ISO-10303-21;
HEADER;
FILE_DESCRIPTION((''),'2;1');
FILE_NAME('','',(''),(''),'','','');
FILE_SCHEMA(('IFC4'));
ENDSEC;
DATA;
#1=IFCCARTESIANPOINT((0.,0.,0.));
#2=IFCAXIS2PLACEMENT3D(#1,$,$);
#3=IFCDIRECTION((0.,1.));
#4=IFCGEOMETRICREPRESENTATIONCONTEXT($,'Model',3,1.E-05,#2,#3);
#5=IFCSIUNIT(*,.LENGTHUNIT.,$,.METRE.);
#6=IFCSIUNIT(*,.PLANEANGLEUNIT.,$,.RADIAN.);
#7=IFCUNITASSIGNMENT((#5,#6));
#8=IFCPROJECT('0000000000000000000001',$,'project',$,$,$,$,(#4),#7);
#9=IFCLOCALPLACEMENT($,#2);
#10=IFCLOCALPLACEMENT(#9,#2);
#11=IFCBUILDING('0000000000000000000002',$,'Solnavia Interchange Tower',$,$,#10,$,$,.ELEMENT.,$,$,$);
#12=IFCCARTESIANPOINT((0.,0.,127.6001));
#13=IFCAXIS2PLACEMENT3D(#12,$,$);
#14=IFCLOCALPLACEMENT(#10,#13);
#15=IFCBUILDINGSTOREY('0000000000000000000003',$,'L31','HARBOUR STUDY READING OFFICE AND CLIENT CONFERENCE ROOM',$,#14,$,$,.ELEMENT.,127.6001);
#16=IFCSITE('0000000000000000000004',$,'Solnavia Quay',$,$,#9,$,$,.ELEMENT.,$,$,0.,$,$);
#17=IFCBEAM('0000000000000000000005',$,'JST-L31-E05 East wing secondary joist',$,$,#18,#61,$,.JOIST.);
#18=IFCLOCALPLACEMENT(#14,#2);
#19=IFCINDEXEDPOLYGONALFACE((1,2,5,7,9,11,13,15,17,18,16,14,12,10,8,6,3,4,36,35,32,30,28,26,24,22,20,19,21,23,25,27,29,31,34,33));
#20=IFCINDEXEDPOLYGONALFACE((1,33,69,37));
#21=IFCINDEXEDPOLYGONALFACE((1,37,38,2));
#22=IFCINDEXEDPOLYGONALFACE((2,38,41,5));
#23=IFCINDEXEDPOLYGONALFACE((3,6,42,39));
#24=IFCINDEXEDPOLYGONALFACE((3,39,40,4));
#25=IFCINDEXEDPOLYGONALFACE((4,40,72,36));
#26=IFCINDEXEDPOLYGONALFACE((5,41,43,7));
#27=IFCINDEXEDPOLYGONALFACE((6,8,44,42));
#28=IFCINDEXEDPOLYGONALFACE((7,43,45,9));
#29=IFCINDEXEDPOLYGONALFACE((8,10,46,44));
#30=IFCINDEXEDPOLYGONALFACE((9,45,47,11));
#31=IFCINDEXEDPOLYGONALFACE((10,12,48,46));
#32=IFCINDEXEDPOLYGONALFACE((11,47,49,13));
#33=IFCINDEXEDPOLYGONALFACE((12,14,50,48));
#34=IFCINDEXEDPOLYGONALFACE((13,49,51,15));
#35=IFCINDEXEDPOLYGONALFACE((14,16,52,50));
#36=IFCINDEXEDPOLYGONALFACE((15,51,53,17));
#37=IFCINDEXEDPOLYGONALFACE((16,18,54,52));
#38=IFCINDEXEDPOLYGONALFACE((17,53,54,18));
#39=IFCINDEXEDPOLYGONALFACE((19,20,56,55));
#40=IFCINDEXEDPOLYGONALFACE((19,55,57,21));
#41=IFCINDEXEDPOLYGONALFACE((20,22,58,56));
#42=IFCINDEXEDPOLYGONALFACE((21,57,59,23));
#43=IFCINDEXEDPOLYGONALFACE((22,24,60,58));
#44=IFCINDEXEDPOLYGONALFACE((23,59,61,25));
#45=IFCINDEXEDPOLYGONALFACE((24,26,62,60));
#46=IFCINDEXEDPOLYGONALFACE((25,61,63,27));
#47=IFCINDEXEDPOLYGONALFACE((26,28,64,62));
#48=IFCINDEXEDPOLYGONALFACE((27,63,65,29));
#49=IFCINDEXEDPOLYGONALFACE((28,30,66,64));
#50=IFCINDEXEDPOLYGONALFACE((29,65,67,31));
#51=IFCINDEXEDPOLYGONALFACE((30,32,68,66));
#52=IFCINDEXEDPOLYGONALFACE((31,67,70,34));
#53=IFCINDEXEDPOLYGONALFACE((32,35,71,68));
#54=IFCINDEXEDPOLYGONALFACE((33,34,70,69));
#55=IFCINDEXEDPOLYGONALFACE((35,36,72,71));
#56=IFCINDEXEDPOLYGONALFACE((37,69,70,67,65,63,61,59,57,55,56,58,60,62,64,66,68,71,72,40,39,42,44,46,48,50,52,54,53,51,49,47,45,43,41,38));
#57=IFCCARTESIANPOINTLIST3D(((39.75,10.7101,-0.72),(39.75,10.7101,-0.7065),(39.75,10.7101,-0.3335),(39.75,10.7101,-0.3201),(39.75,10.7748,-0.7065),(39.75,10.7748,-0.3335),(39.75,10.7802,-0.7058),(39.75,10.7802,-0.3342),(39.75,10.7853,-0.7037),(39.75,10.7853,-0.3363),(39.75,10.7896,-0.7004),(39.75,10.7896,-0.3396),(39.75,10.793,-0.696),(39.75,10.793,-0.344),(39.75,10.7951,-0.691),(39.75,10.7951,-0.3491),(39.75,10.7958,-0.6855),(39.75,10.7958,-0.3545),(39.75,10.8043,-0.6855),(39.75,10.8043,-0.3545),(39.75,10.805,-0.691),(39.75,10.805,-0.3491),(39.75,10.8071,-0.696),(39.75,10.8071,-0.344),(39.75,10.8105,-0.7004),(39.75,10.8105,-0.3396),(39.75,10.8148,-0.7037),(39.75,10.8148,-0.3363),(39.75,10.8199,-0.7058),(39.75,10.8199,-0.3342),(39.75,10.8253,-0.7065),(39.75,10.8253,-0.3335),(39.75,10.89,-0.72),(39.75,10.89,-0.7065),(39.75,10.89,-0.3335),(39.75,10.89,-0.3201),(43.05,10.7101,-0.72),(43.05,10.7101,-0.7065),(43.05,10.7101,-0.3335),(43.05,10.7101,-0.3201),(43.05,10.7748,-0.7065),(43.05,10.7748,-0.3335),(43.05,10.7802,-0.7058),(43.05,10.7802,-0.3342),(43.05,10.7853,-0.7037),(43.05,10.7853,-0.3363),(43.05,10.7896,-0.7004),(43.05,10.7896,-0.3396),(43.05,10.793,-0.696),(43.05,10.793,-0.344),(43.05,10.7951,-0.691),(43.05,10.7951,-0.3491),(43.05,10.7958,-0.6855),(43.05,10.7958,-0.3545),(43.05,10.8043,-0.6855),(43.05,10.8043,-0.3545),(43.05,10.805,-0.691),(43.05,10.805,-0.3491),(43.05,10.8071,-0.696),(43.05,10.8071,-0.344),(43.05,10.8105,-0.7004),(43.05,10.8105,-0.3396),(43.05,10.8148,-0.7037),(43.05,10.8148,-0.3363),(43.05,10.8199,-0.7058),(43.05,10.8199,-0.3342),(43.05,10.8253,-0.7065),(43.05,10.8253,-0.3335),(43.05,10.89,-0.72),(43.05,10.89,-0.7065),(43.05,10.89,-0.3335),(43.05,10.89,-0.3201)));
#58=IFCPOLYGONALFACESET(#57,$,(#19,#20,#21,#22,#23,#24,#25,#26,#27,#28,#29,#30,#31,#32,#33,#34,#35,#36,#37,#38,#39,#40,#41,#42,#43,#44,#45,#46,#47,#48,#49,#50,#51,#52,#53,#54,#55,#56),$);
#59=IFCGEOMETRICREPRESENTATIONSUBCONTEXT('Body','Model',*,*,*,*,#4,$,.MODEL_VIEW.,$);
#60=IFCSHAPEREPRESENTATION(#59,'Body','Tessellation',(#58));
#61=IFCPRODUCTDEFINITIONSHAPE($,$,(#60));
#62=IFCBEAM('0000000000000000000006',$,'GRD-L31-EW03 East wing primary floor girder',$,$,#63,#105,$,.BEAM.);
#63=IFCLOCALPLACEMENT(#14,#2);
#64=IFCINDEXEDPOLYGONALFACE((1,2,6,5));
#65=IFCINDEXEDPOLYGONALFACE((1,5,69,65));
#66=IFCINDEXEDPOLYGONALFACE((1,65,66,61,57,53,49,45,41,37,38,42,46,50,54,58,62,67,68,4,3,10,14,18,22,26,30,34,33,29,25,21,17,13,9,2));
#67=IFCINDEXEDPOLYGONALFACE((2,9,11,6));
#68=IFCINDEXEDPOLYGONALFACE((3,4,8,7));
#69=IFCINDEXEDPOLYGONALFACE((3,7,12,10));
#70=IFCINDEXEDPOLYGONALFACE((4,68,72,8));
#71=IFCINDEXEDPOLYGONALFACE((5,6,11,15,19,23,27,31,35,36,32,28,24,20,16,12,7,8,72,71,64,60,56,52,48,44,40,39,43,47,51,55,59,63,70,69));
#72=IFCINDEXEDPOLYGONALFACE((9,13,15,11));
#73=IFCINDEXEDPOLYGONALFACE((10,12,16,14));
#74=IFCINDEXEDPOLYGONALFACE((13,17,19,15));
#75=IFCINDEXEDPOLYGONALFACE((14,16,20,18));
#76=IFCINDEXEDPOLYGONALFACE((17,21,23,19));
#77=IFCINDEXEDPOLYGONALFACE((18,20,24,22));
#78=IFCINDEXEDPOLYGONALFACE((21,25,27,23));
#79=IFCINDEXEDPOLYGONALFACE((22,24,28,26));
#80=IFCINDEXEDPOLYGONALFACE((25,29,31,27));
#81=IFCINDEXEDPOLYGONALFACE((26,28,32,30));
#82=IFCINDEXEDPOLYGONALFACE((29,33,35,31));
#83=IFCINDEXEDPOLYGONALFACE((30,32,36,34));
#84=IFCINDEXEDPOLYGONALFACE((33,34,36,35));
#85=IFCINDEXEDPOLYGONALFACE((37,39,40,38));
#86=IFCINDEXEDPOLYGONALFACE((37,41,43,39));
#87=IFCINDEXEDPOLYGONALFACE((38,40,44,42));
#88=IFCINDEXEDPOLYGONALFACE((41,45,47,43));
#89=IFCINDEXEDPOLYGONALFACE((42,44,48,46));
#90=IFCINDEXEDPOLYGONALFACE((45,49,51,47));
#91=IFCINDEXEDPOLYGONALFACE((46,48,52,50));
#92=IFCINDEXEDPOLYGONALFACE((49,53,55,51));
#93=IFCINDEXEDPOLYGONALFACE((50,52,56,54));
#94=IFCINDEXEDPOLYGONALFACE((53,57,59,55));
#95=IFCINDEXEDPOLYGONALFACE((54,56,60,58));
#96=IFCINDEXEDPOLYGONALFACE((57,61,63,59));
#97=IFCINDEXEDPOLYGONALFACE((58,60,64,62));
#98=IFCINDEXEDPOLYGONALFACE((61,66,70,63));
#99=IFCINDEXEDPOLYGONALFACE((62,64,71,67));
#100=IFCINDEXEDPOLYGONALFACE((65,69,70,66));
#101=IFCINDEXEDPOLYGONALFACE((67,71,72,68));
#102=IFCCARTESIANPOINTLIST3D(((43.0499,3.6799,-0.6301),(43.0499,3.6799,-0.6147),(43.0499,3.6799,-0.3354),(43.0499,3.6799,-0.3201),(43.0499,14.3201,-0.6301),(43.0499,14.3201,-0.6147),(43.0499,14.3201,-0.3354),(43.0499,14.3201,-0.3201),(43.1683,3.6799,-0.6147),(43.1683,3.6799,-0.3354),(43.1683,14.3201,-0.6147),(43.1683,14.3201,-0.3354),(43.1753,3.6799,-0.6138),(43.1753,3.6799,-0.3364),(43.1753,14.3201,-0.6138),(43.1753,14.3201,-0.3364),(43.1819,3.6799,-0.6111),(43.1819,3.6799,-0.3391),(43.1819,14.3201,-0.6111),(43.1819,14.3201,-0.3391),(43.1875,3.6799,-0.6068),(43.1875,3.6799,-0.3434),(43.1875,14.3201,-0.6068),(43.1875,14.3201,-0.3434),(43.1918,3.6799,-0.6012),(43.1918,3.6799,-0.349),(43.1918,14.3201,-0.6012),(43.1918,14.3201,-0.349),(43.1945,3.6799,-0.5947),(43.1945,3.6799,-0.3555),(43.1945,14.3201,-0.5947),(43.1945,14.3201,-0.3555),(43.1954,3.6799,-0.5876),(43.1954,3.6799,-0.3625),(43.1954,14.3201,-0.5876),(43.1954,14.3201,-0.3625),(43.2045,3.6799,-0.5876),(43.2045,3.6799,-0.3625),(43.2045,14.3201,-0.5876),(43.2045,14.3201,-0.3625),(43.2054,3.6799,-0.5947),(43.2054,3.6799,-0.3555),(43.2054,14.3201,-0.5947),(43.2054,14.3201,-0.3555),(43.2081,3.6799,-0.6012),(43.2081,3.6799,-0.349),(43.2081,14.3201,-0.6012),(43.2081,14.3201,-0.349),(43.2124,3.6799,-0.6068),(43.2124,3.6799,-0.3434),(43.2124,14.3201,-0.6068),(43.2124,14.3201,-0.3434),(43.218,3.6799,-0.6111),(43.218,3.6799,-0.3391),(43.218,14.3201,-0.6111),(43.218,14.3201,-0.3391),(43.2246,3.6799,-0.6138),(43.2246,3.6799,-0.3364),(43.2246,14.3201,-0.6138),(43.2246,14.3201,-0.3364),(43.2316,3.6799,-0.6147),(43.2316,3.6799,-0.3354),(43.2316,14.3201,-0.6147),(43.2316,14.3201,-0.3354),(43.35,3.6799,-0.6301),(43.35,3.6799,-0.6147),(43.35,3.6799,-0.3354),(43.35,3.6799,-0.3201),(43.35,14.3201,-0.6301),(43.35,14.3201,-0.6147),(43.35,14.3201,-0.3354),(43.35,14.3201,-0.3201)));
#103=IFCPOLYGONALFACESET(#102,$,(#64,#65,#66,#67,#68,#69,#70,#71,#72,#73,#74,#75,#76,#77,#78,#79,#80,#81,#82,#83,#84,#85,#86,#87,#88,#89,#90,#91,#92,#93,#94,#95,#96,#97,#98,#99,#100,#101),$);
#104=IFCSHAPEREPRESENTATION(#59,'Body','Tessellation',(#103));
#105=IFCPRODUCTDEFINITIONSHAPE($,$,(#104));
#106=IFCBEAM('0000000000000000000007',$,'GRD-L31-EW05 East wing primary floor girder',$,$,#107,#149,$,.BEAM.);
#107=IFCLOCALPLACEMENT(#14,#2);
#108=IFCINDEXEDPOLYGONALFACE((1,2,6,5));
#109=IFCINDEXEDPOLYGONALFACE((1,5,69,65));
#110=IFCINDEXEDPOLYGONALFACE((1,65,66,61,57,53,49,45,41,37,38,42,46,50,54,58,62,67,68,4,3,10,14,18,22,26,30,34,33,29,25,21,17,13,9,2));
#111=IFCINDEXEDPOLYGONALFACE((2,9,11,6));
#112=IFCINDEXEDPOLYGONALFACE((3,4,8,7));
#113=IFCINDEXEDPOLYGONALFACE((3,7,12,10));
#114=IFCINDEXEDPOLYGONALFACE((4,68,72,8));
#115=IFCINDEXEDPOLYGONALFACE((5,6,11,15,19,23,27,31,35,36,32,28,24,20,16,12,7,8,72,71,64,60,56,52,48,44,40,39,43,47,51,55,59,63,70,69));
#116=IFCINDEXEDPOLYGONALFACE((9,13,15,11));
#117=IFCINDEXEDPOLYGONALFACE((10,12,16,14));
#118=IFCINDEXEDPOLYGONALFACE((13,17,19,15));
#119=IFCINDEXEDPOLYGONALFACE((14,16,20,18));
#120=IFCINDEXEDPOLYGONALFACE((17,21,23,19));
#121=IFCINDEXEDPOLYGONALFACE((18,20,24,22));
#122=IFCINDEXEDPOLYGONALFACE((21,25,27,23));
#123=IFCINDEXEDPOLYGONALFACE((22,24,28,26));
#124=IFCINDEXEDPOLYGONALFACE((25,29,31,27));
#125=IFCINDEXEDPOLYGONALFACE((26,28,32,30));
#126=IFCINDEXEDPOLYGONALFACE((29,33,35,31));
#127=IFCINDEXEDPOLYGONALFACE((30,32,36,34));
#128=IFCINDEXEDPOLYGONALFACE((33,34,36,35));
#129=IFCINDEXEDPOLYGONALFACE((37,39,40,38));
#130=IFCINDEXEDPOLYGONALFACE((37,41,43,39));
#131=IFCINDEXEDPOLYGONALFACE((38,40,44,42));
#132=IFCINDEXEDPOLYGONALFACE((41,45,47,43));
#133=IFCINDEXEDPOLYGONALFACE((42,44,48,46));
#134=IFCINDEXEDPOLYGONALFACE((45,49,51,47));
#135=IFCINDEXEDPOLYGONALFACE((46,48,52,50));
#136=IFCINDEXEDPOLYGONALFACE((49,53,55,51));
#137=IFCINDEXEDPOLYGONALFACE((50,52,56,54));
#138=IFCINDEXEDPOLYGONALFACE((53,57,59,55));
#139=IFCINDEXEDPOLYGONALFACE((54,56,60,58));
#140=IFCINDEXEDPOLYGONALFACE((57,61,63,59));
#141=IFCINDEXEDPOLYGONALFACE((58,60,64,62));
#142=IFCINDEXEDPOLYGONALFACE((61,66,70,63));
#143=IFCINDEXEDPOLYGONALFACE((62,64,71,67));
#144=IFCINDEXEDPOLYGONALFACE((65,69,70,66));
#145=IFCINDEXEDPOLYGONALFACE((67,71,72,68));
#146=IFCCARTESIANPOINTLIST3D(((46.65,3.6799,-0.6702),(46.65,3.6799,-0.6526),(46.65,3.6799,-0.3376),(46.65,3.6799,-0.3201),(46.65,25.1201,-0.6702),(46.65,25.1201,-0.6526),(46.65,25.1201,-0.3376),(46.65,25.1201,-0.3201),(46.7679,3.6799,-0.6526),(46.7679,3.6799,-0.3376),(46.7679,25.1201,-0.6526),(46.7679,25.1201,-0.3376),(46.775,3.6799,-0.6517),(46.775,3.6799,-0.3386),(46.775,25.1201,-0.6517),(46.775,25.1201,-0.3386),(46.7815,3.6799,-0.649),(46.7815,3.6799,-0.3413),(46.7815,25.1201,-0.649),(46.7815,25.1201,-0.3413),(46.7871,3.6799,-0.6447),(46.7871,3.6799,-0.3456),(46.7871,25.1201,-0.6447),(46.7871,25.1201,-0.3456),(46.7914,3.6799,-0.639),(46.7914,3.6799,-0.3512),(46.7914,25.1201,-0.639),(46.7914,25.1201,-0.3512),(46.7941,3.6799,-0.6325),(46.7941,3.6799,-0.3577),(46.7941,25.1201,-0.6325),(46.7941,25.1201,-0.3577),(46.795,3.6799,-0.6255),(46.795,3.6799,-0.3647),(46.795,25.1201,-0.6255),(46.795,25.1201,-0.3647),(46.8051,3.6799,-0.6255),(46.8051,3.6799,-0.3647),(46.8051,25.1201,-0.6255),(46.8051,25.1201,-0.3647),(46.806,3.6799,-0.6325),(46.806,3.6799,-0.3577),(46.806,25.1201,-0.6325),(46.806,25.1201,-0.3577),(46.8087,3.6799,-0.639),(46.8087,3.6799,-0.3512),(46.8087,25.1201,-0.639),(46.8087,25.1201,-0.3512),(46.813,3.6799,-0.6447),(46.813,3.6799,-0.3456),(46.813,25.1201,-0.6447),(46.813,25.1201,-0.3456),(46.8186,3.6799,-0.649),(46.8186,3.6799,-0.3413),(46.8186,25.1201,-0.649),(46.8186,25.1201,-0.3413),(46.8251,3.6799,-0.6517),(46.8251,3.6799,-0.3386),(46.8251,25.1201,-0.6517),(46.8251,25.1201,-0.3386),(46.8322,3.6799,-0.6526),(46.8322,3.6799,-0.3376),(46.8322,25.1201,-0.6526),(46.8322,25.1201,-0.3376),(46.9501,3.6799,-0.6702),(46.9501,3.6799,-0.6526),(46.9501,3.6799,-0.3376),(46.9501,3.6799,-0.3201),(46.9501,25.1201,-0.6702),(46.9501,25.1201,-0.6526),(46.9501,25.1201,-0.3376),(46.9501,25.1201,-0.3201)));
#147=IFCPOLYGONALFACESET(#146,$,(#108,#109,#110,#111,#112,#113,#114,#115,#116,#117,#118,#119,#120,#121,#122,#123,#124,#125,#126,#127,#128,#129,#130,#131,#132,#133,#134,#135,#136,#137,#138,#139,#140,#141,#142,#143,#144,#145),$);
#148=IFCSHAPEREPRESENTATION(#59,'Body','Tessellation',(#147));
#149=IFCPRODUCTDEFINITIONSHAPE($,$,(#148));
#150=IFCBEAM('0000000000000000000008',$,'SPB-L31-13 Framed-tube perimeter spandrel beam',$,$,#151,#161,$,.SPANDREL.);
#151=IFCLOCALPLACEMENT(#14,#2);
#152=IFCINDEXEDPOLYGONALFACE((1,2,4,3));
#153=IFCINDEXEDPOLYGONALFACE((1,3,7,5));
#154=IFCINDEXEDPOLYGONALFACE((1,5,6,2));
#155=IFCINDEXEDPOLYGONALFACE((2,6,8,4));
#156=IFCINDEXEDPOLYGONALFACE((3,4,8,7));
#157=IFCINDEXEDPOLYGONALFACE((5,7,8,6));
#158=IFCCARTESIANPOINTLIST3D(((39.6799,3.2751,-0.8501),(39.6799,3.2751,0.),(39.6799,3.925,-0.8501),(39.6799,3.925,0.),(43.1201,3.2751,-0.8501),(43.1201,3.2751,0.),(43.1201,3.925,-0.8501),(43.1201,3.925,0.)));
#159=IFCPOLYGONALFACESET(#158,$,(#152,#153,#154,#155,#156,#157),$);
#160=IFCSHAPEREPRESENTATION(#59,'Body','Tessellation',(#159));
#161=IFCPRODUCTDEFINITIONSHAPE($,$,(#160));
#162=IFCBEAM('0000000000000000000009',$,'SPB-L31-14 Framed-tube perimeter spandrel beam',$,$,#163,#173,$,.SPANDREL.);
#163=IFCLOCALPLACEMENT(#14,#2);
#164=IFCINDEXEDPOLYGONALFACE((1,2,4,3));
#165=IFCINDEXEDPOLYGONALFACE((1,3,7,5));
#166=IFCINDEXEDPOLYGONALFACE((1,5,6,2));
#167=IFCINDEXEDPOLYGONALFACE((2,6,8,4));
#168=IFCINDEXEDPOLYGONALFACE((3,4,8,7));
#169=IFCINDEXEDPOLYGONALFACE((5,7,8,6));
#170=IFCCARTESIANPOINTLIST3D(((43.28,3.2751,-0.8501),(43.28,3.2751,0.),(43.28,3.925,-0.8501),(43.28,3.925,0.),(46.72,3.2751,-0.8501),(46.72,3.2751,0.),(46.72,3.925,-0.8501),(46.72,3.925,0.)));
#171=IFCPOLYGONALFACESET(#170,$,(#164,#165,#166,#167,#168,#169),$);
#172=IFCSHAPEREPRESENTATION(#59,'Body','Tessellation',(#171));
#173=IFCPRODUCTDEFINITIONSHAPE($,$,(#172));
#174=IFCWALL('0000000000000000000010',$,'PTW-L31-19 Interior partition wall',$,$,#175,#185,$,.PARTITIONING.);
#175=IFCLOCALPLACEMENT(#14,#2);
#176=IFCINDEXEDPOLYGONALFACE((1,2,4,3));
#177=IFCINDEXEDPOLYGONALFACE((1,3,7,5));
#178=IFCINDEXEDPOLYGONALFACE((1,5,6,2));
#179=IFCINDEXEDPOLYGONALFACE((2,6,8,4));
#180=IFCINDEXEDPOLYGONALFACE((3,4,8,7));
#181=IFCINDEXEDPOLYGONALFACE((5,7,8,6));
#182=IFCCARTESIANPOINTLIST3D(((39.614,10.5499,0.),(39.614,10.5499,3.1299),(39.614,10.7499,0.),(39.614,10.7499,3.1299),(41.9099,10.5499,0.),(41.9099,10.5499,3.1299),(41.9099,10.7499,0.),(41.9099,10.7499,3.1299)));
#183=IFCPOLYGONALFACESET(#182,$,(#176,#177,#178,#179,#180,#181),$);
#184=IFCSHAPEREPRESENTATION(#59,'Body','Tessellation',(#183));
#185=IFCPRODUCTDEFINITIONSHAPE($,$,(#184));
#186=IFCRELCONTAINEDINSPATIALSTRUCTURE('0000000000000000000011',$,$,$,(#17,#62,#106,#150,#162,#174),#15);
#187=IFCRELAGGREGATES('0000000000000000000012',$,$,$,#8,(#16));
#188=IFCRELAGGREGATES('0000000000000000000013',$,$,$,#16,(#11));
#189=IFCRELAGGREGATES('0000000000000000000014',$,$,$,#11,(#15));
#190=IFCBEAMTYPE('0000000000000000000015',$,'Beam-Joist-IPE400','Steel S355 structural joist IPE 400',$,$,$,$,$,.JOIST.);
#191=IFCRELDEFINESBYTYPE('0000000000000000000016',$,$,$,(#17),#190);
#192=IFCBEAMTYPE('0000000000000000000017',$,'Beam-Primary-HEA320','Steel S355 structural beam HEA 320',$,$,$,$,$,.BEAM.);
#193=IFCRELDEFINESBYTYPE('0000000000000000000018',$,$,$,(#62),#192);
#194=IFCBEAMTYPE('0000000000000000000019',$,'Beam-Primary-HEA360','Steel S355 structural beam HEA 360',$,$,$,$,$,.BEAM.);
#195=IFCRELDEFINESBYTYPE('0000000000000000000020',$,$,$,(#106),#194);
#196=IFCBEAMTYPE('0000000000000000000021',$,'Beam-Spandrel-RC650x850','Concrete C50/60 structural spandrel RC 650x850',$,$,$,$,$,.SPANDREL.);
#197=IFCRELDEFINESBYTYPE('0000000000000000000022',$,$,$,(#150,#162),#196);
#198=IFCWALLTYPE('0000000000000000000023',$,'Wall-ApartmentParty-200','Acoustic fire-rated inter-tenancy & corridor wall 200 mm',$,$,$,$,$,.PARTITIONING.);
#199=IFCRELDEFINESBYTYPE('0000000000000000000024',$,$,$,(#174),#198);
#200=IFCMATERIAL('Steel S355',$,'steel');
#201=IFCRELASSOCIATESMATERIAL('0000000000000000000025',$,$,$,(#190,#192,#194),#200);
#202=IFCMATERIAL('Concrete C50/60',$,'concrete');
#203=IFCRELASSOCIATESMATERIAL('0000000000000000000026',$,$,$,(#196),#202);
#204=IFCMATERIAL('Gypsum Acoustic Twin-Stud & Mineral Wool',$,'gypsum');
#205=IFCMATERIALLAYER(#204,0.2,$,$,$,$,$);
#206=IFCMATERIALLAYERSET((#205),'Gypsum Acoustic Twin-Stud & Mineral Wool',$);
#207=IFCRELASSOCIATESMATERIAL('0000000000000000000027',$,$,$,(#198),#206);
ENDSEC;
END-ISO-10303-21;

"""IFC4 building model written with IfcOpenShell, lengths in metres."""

from ifc_helpers import new_model, si_unit, direction, frame, frame_2d, origin, origin_2d, place, context, subcontext, project, spatial, rectangle, i_section, extrude, material, layer, layer_set, material_profile, profile_set, type_object, element, save


model = new_model("IFC4")

# Units and contexts
model_context = context("Model", 3, precision=1e-05, world=origin(), true_north=direction((0.0, 1.0)))
body_context = subcontext(model_context, "Body", "Model", "MODEL_VIEW")
ifc_project = project(units=[si_unit("LENGTHUNIT", "METRE"), si_unit("PLANEANGLEUNIT", "RADIAN")], contexts=[model_context])

# Site, building, storey
site_placement = place(None, origin())
site = spatial("IfcSite", under=ifc_project, at=site_placement, Name="Solnavia Quay", CompositionType="ELEMENT", RefElevation=0.0)
building_placement = place(site_placement, origin())
building = spatial("IfcBuilding", under=site, at=building_placement, Name="Solnavia Interchange Tower", CompositionType="ELEMENT")
storey_placement = place(building_placement, frame((0.0, 0.0, 127.6001)))
storey = spatial("IfcBuildingStorey", under=building, at=storey_placement, Name="L31", Description="HARBOUR STUDY READING OFFICE AND CLIENT CONFERENCE ROOM", CompositionType="ELEMENT", Elevation=127.6001)

# Shared definitions
ifc_material_1 = material(Name="Concrete C50/60", Category="concrete")

# Beams
ifc_material_2 = material(Name="Steel S355", Category="steel")
ifc_material_profile_1 = material_profile(ifc_material_2, i_section(OverallWidth=0.1799, OverallDepth=0.3999, WebThickness=0.0085, FlangeThickness=0.0134, FilletRadius=0.021, at=origin_2d()), Name="IPE 400")
ifc_profile_set_1 = profile_set([ifc_material_profile_1], Name="Steel S355")
beam_type_1 = type_object("IfcBeamType", Name="Beam-Joist-IPE400", Description="Steel S355 structural joist IPE 400", PredefinedType="JOIST", material=ifc_profile_set_1)
for number, where, z_axis, x_axis, name in (
    (1, (39.75, 10.8, -0.52), (1.0, 0.0, 0.0), (0.0, 1.0, 0.0), "JST-L31-E05 East wing secondary joist"),
):
    element("IfcBeam", number, at=place(storey_placement, frame(where, z_axis=z_axis, x_axis=x_axis)), inside=storey, type_object=beam_type_1, Name=name, PredefinedType="JOIST", context=body_context, shape_type="SweptSolid", body=[
        extrude(i_section(OverallWidth=0.1799, OverallDepth=0.3999, WebThickness=0.0085, FlangeThickness=0.0134, FilletRadius=0.021, at=origin_2d()), origin(), (0.0, 0.0, 1.0), 3.3),
    ])
ifc_material_profile_2 = material_profile(ifc_material_2, i_section(OverallWidth=0.3, OverallDepth=0.3101, WebThickness=0.009, FlangeThickness=0.0154, FilletRadius=0.0271, at=origin_2d()), Name="HEA 320")
ifc_profile_set_2 = profile_set([ifc_material_profile_2], Name="Steel S355")
beam_type_2 = type_object("IfcBeamType", Name="Beam-Primary-HEA320", Description="Steel S355 structural beam HEA 320", PredefinedType="BEAM", material=ifc_profile_set_2)
beam_1_placement = place(storey_placement, frame((43.2, 3.6799, -0.4751), z_axis=(0.0, 1.0, 0.0), x_axis=(-1.0, 0.0, 0.0)))
element("IfcBeam", 2, at=beam_1_placement, inside=storey, type_object=beam_type_2, Name="GRD-L31-EW03 East wing primary floor girder", PredefinedType="BEAM", context=body_context, shape_type="SweptSolid", body=[
    extrude(i_section(OverallWidth=0.3, OverallDepth=0.3101, WebThickness=0.009, FlangeThickness=0.0154, FilletRadius=0.0271, at=origin_2d()), origin(), (0.0, 0.0, 1.0), 10.6401),
])
ifc_material_profile_3 = material_profile(ifc_material_2, i_section(OverallWidth=0.3, OverallDepth=0.3501, WebThickness=0.01, FlangeThickness=0.0176, FilletRadius=0.0271, at=origin_2d()), Name="HEA 360")
ifc_profile_set_3 = profile_set([ifc_material_profile_3], Name="Steel S355")
beam_type_3 = type_object("IfcBeamType", Name="Beam-Primary-HEA360", Description="Steel S355 structural beam HEA 360", PredefinedType="BEAM", material=ifc_profile_set_3)
beam_2_placement = place(storey_placement, frame((46.8, 3.6799, -0.4951), z_axis=(0.0, 1.0, 0.0), x_axis=(-1.0, 0.0, 0.0)))
element("IfcBeam", 3, at=beam_2_placement, inside=storey, type_object=beam_type_3, Name="GRD-L31-EW05 East wing primary floor girder", PredefinedType="BEAM", context=body_context, shape_type="SweptSolid", body=[
    extrude(i_section(OverallWidth=0.3, OverallDepth=0.3501, WebThickness=0.01, FlangeThickness=0.0176, FilletRadius=0.0271, at=origin_2d()), origin(), (0.0, 0.0, 1.0), 21.4402),
])
ifc_material_profile_4 = material_profile(ifc_material_1, rectangle(XDim=0.6499, YDim=0.8501, at=origin_2d()), Name="RC 650x850")
ifc_profile_set_4 = profile_set([ifc_material_profile_4], Name="Concrete C50/60")
beam_type_4 = type_object("IfcBeamType", Name="Beam-Spandrel-RC650x850", Description="Concrete C50/60 structural spandrel RC 650x850", PredefinedType="SPANDREL", material=ifc_profile_set_4)
beam_3_placement = place(storey_placement, frame((39.6799, 3.6001, -0.425), z_axis=(1.0, 0.0, 0.0), x_axis=(0.0, 1.0, 0.0)))
element("IfcBeam", 4, at=beam_3_placement, inside=storey, type_object=beam_type_4, Name="SPB-L31-13 Framed-tube perimeter spandrel beam", PredefinedType="SPANDREL", context=body_context, shape_type="SweptSolid", body=[
    extrude(rectangle(XDim=0.6499, YDim=0.8501, at=origin_2d()), origin(), (0.0, 0.0, 1.0), 3.4402),
])
beam_4_placement = place(storey_placement, frame((43.28, 3.6001, -0.425), z_axis=(1.0, 0.0, 0.0), x_axis=(0.0, 1.0, 0.0)))
element("IfcBeam", 5, at=beam_4_placement, inside=storey, type_object=beam_type_4, Name="SPB-L31-14 Framed-tube perimeter spandrel beam", PredefinedType="SPANDREL", context=body_context, shape_type="SweptSolid", body=[
    extrude(rectangle(XDim=0.6499, YDim=0.8501, at=origin_2d()), origin(), (0.0, 0.0, 1.0), 3.4399),
])

# Wall
ifc_material_3 = material(Name="Gypsum Acoustic Twin-Stud & Mineral Wool", Category="gypsum")
ifc_layer_1 = layer(ifc_material_3, 0.2)
ifc_layer_set_1 = layer_set([ifc_layer_1], Name="Gypsum Acoustic Twin-Stud & Mineral Wool")
wall_type_1 = type_object("IfcWallType", Name="Wall-ApartmentParty-200", Description="Acoustic fire-rated inter-tenancy & corridor wall 200 mm", PredefinedType="PARTITIONING", material=ifc_layer_set_1)
wall_1_placement = place(storey_placement, frame((39.614, 10.6499, 0.0), z_axis=(0.0, 0.0, 1.0), x_axis=(1.0, 0.0, 0.0)))
element("IfcWall", 6, at=wall_1_placement, inside=storey, type_object=wall_type_1, Name="PTW-L31-19 Interior partition wall", PredefinedType="PARTITIONING", context=body_context, shape_type="SweptSolid", body=[
    extrude(rectangle(XDim=2.2959, YDim=0.2, at=frame_2d((1.1479, 0.0))), origin(), (0.0, 0.0, 1.0), 3.1299),
])

save(model, "model.ifc")
